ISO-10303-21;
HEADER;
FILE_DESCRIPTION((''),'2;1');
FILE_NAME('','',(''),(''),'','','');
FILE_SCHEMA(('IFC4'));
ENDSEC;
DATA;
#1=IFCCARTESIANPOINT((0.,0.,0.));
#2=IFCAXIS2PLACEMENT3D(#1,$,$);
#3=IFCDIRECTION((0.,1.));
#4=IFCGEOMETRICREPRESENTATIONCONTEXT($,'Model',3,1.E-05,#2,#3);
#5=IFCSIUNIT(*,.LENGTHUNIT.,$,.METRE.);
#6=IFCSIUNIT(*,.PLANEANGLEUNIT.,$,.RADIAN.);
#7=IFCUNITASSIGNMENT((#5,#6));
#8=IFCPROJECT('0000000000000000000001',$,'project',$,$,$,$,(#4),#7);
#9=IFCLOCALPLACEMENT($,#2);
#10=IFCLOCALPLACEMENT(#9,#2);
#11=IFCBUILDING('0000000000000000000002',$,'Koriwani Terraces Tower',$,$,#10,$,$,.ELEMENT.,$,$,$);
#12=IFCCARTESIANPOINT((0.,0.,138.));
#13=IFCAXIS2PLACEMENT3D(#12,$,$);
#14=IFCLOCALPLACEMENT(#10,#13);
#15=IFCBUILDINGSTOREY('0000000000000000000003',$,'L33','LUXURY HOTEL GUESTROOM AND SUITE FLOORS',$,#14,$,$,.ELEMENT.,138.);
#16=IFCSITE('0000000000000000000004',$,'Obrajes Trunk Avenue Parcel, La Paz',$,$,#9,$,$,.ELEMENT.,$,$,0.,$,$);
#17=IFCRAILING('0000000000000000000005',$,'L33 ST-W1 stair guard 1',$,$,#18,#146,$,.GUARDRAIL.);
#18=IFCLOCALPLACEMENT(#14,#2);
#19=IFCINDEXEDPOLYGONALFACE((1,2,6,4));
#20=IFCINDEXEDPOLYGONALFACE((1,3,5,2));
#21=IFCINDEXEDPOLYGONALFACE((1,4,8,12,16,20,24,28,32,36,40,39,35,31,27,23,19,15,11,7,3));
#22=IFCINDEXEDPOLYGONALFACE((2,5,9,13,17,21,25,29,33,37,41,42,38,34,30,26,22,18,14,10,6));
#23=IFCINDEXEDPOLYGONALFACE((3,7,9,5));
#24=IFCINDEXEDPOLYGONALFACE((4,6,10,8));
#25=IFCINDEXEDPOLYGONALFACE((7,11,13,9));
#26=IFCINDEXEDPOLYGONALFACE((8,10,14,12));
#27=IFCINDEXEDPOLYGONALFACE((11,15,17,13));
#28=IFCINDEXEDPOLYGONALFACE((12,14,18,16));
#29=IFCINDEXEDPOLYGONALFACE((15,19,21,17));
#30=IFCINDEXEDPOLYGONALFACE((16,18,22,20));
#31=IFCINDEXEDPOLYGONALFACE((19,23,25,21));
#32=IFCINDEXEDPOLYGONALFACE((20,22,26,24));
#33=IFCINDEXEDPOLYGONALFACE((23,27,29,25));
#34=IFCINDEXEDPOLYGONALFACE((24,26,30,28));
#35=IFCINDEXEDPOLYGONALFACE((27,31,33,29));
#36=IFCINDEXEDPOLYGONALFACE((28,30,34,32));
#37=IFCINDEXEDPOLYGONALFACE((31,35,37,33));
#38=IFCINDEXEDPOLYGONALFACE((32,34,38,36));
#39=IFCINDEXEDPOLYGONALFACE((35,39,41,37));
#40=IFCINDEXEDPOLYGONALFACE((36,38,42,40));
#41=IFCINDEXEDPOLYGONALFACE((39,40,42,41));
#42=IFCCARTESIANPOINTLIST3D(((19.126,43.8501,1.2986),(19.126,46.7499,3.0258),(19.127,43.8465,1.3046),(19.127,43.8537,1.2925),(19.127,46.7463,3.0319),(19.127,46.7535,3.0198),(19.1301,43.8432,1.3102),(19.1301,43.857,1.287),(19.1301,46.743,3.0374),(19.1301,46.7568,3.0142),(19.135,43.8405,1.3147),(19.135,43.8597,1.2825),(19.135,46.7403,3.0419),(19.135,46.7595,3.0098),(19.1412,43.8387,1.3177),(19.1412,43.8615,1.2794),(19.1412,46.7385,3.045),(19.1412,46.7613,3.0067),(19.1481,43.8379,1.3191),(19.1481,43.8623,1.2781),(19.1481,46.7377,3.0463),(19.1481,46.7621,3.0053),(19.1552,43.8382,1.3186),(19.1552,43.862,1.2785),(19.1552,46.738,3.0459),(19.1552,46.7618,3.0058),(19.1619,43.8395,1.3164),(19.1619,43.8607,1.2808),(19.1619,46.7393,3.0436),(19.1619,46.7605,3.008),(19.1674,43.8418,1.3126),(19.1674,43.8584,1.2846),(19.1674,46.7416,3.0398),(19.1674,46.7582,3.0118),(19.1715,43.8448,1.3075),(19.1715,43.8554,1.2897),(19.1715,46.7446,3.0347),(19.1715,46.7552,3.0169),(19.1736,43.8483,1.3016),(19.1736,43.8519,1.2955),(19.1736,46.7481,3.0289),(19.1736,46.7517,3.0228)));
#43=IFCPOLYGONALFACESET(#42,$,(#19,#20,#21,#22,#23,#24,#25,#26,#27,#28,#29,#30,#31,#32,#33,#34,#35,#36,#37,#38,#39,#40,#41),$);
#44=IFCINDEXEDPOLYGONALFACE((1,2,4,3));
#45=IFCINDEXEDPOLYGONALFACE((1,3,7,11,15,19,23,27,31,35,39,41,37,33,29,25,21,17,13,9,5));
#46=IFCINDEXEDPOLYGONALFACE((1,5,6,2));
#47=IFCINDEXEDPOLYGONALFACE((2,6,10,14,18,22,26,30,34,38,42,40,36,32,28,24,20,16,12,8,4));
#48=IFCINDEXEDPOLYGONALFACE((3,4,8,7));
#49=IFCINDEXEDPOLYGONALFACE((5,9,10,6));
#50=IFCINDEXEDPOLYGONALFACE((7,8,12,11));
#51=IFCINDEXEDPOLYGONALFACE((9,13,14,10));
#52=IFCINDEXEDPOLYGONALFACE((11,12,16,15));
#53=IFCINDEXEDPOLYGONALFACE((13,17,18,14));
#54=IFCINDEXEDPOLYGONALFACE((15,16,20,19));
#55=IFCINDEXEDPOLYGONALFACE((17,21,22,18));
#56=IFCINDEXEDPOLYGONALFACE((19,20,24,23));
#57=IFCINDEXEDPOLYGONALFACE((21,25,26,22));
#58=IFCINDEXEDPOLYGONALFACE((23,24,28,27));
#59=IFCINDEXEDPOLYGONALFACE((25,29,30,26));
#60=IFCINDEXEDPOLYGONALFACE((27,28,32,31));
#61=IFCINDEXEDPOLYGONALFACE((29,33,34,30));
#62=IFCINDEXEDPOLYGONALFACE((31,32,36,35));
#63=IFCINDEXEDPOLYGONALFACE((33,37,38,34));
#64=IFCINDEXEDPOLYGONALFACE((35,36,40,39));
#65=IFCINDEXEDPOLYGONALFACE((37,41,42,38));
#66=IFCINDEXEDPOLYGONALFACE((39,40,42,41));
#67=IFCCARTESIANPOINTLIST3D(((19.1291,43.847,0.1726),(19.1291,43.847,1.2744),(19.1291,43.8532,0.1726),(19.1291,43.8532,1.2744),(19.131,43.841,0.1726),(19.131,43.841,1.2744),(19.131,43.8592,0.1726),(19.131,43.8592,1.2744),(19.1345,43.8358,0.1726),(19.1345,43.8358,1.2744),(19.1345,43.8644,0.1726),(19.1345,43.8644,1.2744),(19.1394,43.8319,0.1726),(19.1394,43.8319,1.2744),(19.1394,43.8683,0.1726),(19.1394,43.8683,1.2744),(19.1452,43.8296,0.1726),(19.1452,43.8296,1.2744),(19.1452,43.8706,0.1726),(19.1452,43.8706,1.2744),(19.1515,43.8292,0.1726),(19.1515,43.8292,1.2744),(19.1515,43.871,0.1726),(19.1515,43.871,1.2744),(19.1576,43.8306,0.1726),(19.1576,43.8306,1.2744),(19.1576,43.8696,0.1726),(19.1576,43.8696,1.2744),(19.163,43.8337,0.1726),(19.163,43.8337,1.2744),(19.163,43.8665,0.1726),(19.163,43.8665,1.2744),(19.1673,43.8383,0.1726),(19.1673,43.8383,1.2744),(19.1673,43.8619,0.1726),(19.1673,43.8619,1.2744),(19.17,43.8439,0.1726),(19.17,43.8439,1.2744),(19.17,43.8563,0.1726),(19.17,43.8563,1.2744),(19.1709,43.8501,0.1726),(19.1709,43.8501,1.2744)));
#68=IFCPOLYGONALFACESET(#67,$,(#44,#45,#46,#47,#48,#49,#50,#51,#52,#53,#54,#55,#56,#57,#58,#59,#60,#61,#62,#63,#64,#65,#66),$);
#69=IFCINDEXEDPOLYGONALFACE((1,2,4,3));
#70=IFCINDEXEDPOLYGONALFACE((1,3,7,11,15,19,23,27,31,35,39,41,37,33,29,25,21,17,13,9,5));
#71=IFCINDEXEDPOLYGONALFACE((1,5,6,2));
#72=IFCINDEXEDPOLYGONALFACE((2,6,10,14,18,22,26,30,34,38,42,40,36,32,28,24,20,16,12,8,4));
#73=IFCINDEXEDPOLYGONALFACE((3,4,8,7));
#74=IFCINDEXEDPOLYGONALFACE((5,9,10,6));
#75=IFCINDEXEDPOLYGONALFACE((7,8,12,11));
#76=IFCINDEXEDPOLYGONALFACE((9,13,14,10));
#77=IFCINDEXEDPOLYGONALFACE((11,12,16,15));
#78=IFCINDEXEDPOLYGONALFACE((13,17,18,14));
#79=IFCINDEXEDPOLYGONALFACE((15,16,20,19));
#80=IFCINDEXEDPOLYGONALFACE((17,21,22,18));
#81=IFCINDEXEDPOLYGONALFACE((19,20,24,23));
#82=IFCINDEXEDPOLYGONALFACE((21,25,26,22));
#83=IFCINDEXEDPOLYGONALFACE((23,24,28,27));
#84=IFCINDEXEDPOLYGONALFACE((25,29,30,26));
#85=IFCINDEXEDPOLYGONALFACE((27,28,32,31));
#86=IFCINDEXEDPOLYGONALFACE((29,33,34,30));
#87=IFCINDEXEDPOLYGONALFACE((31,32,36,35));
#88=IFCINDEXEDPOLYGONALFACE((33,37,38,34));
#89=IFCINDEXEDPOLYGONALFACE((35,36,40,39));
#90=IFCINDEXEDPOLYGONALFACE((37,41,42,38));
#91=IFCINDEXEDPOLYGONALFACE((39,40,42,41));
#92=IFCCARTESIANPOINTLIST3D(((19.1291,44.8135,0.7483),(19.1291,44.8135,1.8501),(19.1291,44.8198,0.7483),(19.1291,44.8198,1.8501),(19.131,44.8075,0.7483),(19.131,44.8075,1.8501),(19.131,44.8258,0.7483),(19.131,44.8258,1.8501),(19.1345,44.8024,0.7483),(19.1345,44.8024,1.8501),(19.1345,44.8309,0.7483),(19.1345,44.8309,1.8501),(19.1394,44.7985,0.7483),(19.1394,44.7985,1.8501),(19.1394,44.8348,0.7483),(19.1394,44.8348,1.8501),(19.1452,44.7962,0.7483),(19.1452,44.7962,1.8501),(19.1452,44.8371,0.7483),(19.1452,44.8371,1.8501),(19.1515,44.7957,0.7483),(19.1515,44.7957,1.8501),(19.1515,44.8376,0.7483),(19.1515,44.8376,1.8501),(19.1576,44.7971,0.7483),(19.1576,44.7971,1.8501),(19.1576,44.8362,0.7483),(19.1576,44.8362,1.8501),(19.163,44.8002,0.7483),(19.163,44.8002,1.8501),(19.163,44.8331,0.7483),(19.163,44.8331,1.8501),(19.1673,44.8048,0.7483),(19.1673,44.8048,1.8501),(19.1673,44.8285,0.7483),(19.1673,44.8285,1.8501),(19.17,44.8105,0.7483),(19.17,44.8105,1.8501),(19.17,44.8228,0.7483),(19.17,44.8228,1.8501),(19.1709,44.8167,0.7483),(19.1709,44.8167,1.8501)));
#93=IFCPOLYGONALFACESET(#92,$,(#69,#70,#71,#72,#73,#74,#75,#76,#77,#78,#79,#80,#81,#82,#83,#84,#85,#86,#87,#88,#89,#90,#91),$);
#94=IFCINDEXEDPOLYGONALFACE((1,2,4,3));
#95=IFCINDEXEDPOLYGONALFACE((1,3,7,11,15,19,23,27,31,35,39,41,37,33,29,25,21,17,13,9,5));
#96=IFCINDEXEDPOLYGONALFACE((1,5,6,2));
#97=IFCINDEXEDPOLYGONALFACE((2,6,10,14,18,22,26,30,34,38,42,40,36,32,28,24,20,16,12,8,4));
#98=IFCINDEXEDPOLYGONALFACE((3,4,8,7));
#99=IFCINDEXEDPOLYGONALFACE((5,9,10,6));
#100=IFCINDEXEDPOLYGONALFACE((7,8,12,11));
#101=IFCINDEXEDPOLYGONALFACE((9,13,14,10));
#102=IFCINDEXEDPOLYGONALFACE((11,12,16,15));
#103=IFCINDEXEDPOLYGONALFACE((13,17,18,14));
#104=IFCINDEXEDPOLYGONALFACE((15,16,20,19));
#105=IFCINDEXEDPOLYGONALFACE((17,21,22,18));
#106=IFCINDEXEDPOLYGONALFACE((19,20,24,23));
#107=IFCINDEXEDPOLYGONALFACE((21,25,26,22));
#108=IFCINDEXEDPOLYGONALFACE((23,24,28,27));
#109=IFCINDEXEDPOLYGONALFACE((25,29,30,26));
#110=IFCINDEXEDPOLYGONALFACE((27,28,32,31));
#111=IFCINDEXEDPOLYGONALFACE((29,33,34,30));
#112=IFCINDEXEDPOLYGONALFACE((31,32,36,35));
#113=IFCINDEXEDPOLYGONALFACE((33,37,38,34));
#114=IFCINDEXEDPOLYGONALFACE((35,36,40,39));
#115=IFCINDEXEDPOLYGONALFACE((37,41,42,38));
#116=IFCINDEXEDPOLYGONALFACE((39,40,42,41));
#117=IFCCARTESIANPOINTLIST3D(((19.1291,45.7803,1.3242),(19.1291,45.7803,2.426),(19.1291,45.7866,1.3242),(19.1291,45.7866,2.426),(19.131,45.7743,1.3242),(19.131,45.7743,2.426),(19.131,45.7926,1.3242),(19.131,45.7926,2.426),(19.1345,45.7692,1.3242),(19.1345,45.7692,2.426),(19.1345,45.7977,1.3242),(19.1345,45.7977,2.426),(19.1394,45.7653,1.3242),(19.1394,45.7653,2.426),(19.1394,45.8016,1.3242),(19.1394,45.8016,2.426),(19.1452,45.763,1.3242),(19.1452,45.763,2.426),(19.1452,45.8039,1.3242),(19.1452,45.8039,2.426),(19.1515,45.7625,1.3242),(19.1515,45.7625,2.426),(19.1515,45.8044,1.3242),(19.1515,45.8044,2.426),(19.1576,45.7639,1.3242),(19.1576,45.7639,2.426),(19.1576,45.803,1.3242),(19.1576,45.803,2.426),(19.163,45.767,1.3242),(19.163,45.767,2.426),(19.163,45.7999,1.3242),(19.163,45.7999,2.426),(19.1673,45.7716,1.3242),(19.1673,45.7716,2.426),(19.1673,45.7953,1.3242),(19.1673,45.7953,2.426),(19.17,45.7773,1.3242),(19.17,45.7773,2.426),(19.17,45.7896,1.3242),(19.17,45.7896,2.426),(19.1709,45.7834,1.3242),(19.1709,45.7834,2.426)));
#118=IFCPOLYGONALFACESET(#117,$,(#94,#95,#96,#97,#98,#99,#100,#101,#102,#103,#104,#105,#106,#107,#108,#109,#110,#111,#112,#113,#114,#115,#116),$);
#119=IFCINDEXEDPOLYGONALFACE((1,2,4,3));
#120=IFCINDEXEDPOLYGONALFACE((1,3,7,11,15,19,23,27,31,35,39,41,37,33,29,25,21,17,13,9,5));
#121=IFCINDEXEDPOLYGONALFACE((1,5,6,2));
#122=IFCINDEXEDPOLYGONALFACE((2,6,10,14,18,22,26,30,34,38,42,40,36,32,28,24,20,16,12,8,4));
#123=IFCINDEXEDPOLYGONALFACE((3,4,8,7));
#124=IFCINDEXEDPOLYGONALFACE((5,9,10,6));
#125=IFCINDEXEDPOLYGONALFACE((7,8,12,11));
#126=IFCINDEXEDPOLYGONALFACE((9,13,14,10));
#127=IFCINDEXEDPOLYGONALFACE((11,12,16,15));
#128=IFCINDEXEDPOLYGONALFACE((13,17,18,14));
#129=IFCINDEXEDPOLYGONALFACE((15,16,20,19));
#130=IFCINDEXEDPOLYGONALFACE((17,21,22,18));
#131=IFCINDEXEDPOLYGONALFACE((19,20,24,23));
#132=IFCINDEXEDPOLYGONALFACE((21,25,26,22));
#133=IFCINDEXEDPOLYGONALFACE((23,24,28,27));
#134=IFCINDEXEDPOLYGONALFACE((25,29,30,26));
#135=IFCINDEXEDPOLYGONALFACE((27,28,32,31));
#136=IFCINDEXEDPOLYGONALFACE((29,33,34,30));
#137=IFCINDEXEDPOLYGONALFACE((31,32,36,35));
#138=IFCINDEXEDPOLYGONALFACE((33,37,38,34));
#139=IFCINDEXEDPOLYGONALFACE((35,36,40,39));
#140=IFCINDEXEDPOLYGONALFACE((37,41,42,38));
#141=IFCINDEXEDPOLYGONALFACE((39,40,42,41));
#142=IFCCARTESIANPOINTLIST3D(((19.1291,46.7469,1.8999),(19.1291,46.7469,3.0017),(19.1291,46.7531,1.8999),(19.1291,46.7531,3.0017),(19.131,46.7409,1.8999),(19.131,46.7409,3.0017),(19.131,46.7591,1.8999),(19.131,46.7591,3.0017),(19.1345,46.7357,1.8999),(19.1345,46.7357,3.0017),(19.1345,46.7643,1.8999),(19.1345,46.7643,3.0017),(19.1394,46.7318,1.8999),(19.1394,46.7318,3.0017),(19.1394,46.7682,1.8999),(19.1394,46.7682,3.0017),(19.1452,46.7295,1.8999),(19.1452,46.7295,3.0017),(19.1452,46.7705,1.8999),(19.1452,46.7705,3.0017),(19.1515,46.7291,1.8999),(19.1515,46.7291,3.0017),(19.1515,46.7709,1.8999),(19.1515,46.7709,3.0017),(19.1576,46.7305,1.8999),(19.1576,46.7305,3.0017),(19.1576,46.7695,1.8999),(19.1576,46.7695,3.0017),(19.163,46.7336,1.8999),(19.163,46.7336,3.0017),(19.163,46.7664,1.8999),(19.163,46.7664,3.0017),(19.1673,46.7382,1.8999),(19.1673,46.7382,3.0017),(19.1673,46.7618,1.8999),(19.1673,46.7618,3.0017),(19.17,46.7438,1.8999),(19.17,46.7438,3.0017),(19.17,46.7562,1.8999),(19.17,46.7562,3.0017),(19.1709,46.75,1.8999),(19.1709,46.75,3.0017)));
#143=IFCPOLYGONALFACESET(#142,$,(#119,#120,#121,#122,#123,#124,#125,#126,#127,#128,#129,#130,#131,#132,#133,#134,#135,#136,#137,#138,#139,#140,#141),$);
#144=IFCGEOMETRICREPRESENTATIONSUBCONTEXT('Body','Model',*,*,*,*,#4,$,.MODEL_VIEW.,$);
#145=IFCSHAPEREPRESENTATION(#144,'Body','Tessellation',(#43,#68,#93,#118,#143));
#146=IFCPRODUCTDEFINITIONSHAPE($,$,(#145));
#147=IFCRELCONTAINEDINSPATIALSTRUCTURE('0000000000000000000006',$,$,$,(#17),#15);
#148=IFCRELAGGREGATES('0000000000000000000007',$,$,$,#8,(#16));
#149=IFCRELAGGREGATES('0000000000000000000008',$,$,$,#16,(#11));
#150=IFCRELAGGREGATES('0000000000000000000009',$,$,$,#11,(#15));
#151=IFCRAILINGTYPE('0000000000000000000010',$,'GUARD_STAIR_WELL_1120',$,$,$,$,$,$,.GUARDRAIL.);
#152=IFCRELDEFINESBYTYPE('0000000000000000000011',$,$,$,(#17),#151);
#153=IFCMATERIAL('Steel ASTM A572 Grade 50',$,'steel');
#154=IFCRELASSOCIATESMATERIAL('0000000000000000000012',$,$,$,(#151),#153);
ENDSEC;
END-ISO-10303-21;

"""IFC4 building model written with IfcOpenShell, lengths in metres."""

from ifc_helpers import new_model, si_unit, direction, frame, origin, origin_2d, place, context, subcontext, project, spatial, circle, extrude, material, type_object, element, save


model = new_model("IFC4")

# Units and contexts
model_context = context("Model", 3, precision=1e-05, world=origin(), true_north=direction((0.0, 1.0)))
body_context = subcontext(model_context, "Body", "Model", "MODEL_VIEW")
ifc_project = project(units=[si_unit("LENGTHUNIT", "METRE"), si_unit("PLANEANGLEUNIT", "RADIAN")], contexts=[model_context])

# Site, building, storey
site_placement = place(None, origin())
site = spatial("IfcSite", under=ifc_project, at=site_placement, Name="Obrajes Trunk Avenue Parcel, La Paz", CompositionType="ELEMENT", RefElevation=0.0)
building_placement = place(site_placement, origin())
building = spatial("IfcBuilding", under=site, at=building_placement, Name="Koriwani Terraces Tower", CompositionType="ELEMENT")
storey_placement = place(building_placement, frame((0.0, 0.0, 138.0)))
storey = spatial("IfcBuildingStorey", under=building, at=storey_placement, Name="L33", Description="LUXURY HOTEL GUESTROOM AND SUITE FLOORS", CompositionType="ELEMENT", Elevation=138.0)

# Shared definitions
ifc_material_1 = material(Name="Steel ASTM A572 Grade 50", Category="steel")

# Railing
railing_type_1 = type_object("IfcRailingType", Name="GUARD_STAIR_WELL_1120", PredefinedType="GUARDRAIL", material=ifc_material_1)
railing_1_placement = place(storey_placement, frame((19.1499, 43.8501, 0.1726)))
element("IfcRailing", 1, at=railing_1_placement, inside=storey, type_object=railing_type_1, Name="L33 ST-W1 stair guard 1", PredefinedType="GUARDRAIL", context=body_context, shape_type="SweptSolid", body=[
    extrude(circle(Radius=0.0239, at=origin_2d()), frame((0.0, 0.0, 1.126), z_axis=(0.0, 0.859141, 0.511738), x_axis=(-1.0, 0.0, 0.0)), (0.0, 0.0, 1.0), 3.3752),
    extrude(circle(Radius=0.021, at=origin_2d()), origin(), (0.0, 0.0, 1.0), 1.1018),
    extrude(circle(Radius=0.021, at=origin_2d()), frame((0.0, 0.9666, 0.5757)), (0.0, 0.0, 1.0), 1.1018),
    extrude(circle(Radius=0.021, at=origin_2d()), frame((0.0, 1.9333, 1.1516)), (0.0, 0.0, 1.0), 1.1018),
    extrude(circle(Radius=0.021, at=origin_2d()), frame((0.0, 2.8999, 1.7273)), (0.0, 0.0, 1.0), 1.1018),
])

save(model, "model.ifc")
